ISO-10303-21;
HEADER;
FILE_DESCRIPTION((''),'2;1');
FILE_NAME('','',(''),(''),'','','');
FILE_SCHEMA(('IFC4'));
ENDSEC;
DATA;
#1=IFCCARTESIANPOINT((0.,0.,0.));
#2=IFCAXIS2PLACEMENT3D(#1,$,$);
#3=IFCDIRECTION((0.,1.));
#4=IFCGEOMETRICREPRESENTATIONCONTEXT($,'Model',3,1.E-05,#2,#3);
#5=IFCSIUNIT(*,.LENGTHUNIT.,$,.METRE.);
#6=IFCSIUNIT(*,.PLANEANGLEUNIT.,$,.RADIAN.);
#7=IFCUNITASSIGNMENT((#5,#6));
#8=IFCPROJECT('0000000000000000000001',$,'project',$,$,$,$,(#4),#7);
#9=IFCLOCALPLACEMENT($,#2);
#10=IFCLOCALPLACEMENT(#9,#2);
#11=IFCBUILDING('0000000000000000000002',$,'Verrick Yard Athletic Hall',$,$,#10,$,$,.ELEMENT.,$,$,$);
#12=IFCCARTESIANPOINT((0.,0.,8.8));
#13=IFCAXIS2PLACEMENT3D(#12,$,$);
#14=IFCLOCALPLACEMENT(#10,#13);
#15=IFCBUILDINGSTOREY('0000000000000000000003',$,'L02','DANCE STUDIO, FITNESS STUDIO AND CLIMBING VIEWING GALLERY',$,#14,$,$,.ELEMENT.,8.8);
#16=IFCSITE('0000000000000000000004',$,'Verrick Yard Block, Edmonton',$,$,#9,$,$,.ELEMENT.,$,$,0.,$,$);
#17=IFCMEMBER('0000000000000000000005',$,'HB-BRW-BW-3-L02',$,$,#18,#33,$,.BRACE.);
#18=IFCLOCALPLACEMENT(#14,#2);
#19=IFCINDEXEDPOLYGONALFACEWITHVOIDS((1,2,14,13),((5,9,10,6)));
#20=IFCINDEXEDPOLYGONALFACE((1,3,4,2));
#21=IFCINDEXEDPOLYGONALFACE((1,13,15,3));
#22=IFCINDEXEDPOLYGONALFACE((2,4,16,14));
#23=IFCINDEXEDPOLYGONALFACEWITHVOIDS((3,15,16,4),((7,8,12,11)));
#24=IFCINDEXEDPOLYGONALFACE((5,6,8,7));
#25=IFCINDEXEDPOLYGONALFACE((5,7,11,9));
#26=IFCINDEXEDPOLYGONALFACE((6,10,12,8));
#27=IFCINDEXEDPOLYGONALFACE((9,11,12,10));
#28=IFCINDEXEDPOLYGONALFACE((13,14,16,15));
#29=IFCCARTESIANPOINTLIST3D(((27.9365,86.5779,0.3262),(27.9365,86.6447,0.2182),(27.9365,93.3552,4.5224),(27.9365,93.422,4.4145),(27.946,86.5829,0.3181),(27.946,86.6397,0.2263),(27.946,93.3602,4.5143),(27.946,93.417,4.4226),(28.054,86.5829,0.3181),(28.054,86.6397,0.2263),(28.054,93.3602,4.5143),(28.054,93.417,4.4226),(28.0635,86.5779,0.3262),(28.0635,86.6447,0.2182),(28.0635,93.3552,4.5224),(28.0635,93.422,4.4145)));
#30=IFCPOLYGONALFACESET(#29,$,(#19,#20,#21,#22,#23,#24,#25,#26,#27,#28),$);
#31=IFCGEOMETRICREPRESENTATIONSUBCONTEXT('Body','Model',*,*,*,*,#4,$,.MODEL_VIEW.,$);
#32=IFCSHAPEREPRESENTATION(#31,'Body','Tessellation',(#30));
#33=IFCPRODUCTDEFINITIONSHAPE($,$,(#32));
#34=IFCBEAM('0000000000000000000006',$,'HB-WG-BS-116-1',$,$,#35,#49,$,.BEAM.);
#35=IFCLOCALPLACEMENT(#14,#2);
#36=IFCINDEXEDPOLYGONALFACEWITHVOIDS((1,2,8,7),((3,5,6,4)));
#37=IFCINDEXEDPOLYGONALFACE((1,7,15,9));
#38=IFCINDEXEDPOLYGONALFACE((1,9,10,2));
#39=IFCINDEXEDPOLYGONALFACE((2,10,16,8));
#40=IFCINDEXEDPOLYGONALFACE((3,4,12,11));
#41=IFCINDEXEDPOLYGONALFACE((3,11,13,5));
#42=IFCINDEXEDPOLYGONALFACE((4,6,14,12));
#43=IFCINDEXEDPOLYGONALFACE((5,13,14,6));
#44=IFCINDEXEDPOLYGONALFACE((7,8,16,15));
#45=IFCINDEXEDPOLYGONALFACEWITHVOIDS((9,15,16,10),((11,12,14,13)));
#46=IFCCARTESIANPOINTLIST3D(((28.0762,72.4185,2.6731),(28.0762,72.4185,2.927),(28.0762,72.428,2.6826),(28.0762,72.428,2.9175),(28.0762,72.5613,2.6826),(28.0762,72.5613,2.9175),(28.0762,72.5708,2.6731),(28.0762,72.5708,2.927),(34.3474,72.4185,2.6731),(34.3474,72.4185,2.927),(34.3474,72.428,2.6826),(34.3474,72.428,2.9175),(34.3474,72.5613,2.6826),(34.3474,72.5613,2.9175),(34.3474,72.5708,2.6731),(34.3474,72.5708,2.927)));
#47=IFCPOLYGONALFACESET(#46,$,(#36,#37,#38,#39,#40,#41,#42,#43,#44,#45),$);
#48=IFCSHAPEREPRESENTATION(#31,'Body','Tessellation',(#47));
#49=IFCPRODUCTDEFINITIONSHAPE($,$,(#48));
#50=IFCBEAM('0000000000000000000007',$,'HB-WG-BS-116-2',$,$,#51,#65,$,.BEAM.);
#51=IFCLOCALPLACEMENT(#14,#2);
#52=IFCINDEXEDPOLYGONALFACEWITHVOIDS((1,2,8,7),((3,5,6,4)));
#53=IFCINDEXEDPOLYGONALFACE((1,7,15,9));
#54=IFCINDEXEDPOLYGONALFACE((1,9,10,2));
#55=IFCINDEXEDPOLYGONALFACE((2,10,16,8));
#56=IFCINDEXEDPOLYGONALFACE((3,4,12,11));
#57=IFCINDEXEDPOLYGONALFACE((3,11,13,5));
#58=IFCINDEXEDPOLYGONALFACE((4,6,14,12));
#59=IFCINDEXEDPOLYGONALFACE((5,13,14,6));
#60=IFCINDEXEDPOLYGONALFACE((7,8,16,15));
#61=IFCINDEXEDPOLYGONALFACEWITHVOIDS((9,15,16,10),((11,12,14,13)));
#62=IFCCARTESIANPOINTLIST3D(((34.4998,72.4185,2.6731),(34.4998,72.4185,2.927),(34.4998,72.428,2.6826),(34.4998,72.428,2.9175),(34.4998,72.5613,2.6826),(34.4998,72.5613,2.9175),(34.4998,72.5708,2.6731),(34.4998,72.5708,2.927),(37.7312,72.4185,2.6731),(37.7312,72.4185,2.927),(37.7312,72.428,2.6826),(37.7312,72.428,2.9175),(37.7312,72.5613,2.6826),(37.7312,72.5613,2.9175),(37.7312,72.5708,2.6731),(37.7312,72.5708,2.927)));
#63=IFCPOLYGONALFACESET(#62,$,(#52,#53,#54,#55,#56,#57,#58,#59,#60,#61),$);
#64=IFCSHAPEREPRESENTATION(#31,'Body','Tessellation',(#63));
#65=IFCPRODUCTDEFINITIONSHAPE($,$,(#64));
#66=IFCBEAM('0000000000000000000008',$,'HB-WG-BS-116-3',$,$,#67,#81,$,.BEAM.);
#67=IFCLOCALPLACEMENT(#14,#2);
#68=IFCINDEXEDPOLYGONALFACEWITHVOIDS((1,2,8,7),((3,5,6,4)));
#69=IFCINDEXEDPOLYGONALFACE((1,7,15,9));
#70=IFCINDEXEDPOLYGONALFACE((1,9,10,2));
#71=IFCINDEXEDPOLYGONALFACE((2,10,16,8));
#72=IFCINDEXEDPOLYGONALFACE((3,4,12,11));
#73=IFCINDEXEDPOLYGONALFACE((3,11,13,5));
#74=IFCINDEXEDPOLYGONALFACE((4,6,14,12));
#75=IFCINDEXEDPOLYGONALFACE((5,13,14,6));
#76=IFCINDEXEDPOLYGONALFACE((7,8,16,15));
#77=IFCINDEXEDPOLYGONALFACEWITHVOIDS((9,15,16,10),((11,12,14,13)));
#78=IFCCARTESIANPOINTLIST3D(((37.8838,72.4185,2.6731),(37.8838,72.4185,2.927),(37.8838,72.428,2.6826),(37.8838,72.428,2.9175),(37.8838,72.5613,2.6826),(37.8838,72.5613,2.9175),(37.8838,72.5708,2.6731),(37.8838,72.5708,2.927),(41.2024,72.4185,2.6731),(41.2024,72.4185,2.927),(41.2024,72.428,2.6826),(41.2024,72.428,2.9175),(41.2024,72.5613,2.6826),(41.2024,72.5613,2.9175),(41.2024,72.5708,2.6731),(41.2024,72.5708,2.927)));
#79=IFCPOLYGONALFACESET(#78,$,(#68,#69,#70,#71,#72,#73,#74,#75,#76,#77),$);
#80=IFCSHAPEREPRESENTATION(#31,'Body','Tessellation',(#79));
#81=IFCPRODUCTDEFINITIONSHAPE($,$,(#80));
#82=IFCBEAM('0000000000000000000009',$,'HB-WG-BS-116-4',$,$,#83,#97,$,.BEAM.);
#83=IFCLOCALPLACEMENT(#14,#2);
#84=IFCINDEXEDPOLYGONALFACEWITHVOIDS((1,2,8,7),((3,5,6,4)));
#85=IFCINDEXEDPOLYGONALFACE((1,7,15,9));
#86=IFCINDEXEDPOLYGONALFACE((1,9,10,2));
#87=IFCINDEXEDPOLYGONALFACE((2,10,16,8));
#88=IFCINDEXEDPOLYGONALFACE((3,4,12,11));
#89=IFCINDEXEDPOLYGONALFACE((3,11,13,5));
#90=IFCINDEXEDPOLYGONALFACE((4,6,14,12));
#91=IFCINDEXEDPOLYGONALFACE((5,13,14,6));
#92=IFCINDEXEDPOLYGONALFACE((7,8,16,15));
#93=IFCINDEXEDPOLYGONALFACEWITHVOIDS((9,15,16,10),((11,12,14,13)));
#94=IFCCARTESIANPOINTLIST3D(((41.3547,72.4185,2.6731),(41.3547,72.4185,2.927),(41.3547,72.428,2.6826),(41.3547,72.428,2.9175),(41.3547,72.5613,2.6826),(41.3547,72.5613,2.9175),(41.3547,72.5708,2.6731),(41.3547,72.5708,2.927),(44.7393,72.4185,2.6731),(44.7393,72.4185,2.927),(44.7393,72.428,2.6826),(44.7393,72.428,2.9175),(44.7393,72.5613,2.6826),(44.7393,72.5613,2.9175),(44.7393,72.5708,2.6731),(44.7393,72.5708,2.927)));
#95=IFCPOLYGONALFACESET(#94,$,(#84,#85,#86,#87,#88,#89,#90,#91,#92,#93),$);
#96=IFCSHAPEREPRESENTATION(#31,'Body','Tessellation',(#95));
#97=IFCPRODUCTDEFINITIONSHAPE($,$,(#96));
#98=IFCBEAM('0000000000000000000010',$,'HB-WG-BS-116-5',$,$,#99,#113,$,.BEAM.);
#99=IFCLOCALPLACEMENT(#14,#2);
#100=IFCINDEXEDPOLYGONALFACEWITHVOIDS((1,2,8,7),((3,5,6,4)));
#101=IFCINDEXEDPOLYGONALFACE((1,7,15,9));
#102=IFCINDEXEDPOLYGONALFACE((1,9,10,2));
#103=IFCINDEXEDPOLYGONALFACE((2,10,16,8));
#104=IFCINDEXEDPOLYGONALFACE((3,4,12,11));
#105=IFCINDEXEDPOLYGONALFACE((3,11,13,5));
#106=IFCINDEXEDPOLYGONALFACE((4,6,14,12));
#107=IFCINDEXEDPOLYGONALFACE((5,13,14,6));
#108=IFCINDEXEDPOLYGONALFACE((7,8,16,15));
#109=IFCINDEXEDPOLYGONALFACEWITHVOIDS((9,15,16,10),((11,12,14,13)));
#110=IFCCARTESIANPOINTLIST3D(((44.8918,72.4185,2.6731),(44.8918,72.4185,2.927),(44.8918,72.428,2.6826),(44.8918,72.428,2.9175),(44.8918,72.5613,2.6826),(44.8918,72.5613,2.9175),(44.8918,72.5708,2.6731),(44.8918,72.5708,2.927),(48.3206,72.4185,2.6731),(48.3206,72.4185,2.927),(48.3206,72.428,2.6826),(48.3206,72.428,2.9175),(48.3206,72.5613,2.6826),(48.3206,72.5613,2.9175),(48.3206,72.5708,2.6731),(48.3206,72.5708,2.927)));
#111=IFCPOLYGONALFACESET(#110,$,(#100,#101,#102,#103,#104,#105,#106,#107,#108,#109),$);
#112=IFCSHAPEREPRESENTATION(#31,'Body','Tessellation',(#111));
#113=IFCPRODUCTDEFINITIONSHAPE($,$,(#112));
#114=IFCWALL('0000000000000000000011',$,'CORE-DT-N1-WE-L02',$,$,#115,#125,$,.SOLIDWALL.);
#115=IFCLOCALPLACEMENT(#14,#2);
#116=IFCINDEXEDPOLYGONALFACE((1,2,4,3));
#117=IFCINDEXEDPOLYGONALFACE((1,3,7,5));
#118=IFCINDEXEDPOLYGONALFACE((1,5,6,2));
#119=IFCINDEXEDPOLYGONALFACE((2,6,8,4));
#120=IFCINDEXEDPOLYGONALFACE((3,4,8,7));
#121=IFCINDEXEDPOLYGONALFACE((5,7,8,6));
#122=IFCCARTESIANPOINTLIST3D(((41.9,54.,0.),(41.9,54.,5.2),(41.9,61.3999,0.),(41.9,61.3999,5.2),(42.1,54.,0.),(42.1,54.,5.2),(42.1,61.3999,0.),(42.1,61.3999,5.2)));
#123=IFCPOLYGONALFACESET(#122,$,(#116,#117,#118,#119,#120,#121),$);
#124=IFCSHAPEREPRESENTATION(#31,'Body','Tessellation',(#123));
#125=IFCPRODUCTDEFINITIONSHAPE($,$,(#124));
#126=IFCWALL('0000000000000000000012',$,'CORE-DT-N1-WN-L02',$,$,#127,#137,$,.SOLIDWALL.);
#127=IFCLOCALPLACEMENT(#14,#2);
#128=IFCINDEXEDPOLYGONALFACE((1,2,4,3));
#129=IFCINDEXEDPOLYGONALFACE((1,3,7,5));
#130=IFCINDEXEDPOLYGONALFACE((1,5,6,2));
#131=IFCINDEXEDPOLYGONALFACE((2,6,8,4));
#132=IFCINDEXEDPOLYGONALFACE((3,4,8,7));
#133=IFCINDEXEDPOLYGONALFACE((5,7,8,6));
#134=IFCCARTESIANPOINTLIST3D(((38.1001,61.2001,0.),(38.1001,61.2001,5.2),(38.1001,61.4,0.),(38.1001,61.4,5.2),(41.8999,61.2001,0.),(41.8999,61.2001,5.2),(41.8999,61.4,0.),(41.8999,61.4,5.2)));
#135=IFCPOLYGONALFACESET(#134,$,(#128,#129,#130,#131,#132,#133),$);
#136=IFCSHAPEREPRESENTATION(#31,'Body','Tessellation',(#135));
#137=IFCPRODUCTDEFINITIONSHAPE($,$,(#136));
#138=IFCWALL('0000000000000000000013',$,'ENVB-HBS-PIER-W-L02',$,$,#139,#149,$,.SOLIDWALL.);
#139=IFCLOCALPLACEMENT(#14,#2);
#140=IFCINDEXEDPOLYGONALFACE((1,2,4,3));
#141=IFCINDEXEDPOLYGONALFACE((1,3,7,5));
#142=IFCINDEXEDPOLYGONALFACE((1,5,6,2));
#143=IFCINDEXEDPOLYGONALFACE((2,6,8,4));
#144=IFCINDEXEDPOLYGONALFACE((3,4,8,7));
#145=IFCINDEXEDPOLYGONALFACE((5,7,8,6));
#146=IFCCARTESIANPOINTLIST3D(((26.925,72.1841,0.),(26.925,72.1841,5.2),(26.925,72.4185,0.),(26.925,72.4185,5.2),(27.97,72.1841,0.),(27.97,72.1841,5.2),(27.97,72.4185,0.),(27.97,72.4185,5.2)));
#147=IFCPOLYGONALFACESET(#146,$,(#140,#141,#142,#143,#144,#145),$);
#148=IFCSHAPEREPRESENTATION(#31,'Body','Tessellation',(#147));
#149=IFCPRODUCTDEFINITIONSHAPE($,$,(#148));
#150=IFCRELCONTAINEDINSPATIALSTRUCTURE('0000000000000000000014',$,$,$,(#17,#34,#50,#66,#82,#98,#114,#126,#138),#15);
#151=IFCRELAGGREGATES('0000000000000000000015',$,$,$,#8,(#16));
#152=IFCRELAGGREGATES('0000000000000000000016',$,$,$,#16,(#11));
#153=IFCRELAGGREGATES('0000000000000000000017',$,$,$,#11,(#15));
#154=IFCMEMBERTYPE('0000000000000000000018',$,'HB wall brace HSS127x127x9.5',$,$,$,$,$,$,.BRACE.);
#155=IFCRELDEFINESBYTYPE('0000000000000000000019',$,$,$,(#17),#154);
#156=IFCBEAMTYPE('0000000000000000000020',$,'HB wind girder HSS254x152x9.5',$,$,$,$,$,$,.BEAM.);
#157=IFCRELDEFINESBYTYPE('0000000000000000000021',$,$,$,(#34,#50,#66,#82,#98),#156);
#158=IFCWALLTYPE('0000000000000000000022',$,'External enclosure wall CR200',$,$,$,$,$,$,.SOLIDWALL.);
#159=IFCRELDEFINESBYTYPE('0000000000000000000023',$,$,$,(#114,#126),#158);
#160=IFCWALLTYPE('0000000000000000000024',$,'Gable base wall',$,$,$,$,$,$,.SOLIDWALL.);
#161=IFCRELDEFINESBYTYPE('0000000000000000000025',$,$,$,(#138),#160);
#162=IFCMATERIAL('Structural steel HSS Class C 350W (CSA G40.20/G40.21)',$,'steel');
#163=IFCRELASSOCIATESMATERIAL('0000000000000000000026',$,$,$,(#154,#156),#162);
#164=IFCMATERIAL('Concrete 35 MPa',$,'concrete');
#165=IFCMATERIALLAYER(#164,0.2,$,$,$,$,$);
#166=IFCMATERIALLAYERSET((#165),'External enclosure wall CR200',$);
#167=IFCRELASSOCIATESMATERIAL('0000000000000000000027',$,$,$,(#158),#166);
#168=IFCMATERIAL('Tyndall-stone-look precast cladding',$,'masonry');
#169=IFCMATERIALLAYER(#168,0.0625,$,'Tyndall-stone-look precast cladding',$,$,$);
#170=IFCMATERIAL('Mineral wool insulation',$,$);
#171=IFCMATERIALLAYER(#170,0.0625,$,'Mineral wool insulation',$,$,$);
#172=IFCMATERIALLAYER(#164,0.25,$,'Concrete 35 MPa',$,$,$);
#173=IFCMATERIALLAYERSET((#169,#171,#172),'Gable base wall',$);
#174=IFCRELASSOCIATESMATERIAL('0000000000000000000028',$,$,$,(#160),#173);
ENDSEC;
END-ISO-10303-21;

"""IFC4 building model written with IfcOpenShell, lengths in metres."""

from ifc_helpers import new_model, si_unit, direction, frame, frame_2d, origin, origin_2d, place, context, subcontext, project, spatial, rectangle, hollow_rectangle, extrude, material, layer, layer_set, material_profile, profile_set, type_object, element, save


model = new_model("IFC4")

# Units and contexts
model_context = context("Model", 3, precision=1e-05, world=origin(), true_north=direction((0.0, 1.0)))
body_context = subcontext(model_context, "Body", "Model", "MODEL_VIEW")
ifc_project = project(units=[si_unit("LENGTHUNIT", "METRE"), si_unit("PLANEANGLEUNIT", "RADIAN")], contexts=[model_context])

# Site, building, storey
site_placement = place(None, origin())
site = spatial("IfcSite", under=ifc_project, at=site_placement, Name="Verrick Yard Block, Edmonton", CompositionType="ELEMENT", RefElevation=0.0)
building_placement = place(site_placement, origin())
building = spatial("IfcBuilding", under=site, at=building_placement, Name="Verrick Yard Athletic Hall", CompositionType="ELEMENT")
storey_placement = place(building_placement, frame((0.0, 0.0, 8.8)))
storey = spatial("IfcBuildingStorey", under=building, at=storey_placement, Name="L02", Description="DANCE STUDIO, FITNESS STUDIO AND CLIMBING VIEWING GALLERY", CompositionType="ELEMENT", Elevation=8.8)

# Shared definitions
ifc_material_1 = material(Name="Structural steel HSS Class C 350W (CSA G40.20/G40.21)", Category="steel")

# Member
ifc_material_profile_1 = material_profile(ifc_material_1, hollow_rectangle(XDim=0.127, YDim=0.127, WallThickness=0.0095, at=origin_2d()), Name="HSS127x127x9.5")
ifc_profile_set_1 = profile_set([ifc_material_profile_1], Name="Structural steel HSS Class C 350W (CSA G40.20/G40.21)")
member_type = type_object("IfcMemberType", Name="HB wall brace HSS127x127x9.5", PredefinedType="BRACE", material=ifc_profile_set_1)
member_1_placement = place(storey_placement, frame((28.0, 86.6113, 0.2722), z_axis=(0.0, 0.850221, 0.526426), x_axis=(-1.0, 0.0, 0.0)))
element("IfcMember", 1, at=member_1_placement, inside=storey, type_object=member_type, Name="HB-BRW-BW-3-L02", PredefinedType="BRACE", context=body_context, shape_type="SweptSolid", body=[
    extrude(hollow_rectangle(XDim=0.127, YDim=0.127, WallThickness=0.0095, at=origin_2d()), origin(), (0.0, 0.0, 1.0), 7.9712),
])

# Beams
ifc_material_profile_2 = material_profile(ifc_material_1, hollow_rectangle(XDim=0.1523, YDim=0.2539, WallThickness=0.0095, at=origin_2d()), Name="HSS254x152x9.5")
ifc_profile_set_2 = profile_set([ifc_material_profile_2], Name="Structural steel HSS Class C 350W (CSA G40.20/G40.21)")
beam_type_1 = type_object("IfcBeamType", Name="HB wind girder HSS254x152x9.5", PredefinedType="BEAM", material=ifc_profile_set_2)
beam_1_placement = place(storey_placement, frame((28.0762, 72.4946, 2.8), z_axis=(1.0, 0.0, 0.0), x_axis=(0.0, 1.0, 0.0)))
element("IfcBeam", 2, at=beam_1_placement, inside=storey, type_object=beam_type_1, Name="HB-WG-BS-116-1", PredefinedType="BEAM", context=body_context, shape_type="SweptSolid", body=[
    extrude(hollow_rectangle(XDim=0.1523, YDim=0.2539, WallThickness=0.0095, at=origin_2d()), origin(), (0.0, 0.0, 1.0), 6.2712),
])
beam_2_placement = place(storey_placement, frame((34.4998, 72.4946, 2.8), z_axis=(1.0, 0.0, 0.0), x_axis=(0.0, 1.0, 0.0)))
element("IfcBeam", 3, at=beam_2_placement, inside=storey, type_object=beam_type_1, Name="HB-WG-BS-116-2", PredefinedType="BEAM", context=body_context, shape_type="SweptSolid", body=[
    extrude(hollow_rectangle(XDim=0.1523, YDim=0.2539, WallThickness=0.0095, at=origin_2d()), origin(), (0.0, 0.0, 1.0), 3.2314),
])
beam_3_placement = place(storey_placement, frame((37.8838, 72.4946, 2.8), z_axis=(1.0, 0.0, 0.0), x_axis=(0.0, 1.0, 0.0)))
element("IfcBeam", 4, at=beam_3_placement, inside=storey, type_object=beam_type_1, Name="HB-WG-BS-116-3", PredefinedType="BEAM", context=body_context, shape_type="SweptSolid", body=[
    extrude(hollow_rectangle(XDim=0.1523, YDim=0.2539, WallThickness=0.0095, at=origin_2d()), origin(), (0.0, 0.0, 1.0), 3.3186),
])
beam_4_placement = place(storey_placement, frame((41.3547, 72.4946, 2.8), z_axis=(1.0, 0.0, 0.0), x_axis=(0.0, 1.0, 0.0)))
element("IfcBeam", 5, at=beam_4_placement, inside=storey, type_object=beam_type_1, Name="HB-WG-BS-116-4", PredefinedType="BEAM", context=body_context, shape_type="SweptSolid", body=[
    extrude(hollow_rectangle(XDim=0.1523, YDim=0.2539, WallThickness=0.0095, at=origin_2d()), origin(), (0.0, 0.0, 1.0), 3.3845),
])
beam_5_placement = place(storey_placement, frame((44.8918, 72.4946, 2.8), z_axis=(1.0, 0.0, 0.0), x_axis=(0.0, 1.0, 0.0)))
element("IfcBeam", 6, at=beam_5_placement, inside=storey, type_object=beam_type_1, Name="HB-WG-BS-116-5", PredefinedType="BEAM", context=body_context, shape_type="SweptSolid", body=[
    extrude(hollow_rectangle(XDim=0.1523, YDim=0.2539, WallThickness=0.0095, at=origin_2d()), origin(), (0.0, 0.0, 1.0), 3.4287),
])

# Walls
ifc_material_2 = material(Name="Concrete 35 MPa", Category="concrete")
ifc_layer_1 = layer(ifc_material_2, 0.2)
ifc_layer_set_1 = layer_set([ifc_layer_1], Name="External enclosure wall CR200")
wall_type_1 = type_object("IfcWallType", Name="External enclosure wall CR200", PredefinedType="SOLIDWALL", material=ifc_layer_set_1)
wall_1_placement = place(storey_placement, frame((42.0, 61.3999, 0.0), z_axis=(0.0, 0.0, 1.0), x_axis=(0.0, -1.0, 0.0)))
element("IfcWall", 7, at=wall_1_placement, inside=storey, type_object=wall_type_1, Name="CORE-DT-N1-WE-L02", PredefinedType="SOLIDWALL", context=body_context, shape_type="SweptSolid", body=[
    extrude(rectangle(XDim=7.3999, YDim=0.2, at=frame_2d((3.7, 0.0))), origin(), (0.0, 0.0, 1.0), 5.2),
])
wall_2_placement = place(storey_placement, frame((38.1001, 61.3, 0.0), z_axis=(0.0, 0.0, 1.0), x_axis=(1.0, 0.0, 0.0)))
element("IfcWall", 8, at=wall_2_placement, inside=storey, type_object=wall_type_1, Name="CORE-DT-N1-WN-L02", PredefinedType="SOLIDWALL", context=body_context, shape_type="SweptSolid", body=[
    extrude(rectangle(XDim=3.7998, YDim=0.2, at=frame_2d((1.8999, 0.0))), origin(), (0.0, 0.0, 1.0), 5.2),
])
ifc_material_3 = material(Name="Tyndall-stone-look precast cladding", Category="masonry")
ifc_layer_2 = layer(ifc_material_3, 0.0625, Name="Tyndall-stone-look precast cladding")
ifc_material_4 = material(Name="Mineral wool insulation")
ifc_layer_3 = layer(ifc_material_4, 0.0625, Name="Mineral wool insulation")
ifc_layer_4 = layer(ifc_material_2, 0.25, Name="Concrete 35 MPa")
ifc_layer_set_2 = layer_set([ifc_layer_2, ifc_layer_3, ifc_layer_4], Name="Gable base wall")
wall_type_2 = type_object("IfcWallType", Name="Gable base wall", PredefinedType="SOLIDWALL", material=ifc_layer_set_2)
wall_3_placement = place(storey_placement, frame((26.925, 72.3013, 0.0), z_axis=(0.0, 0.0, 1.0), x_axis=(1.0, 0.0, 0.0)))
element("IfcWall", 9, at=wall_3_placement, inside=storey, type_object=wall_type_2, Name="ENVB-HBS-PIER-W-L02", PredefinedType="SOLIDWALL", context=body_context, shape_type="SweptSolid", body=[
    extrude(rectangle(XDim=1.0449, YDim=0.2344, at=frame_2d((0.5225, 0.0))), origin(), (0.0, 0.0, 1.0), 5.2),
])

save(model, "model.ifc")
